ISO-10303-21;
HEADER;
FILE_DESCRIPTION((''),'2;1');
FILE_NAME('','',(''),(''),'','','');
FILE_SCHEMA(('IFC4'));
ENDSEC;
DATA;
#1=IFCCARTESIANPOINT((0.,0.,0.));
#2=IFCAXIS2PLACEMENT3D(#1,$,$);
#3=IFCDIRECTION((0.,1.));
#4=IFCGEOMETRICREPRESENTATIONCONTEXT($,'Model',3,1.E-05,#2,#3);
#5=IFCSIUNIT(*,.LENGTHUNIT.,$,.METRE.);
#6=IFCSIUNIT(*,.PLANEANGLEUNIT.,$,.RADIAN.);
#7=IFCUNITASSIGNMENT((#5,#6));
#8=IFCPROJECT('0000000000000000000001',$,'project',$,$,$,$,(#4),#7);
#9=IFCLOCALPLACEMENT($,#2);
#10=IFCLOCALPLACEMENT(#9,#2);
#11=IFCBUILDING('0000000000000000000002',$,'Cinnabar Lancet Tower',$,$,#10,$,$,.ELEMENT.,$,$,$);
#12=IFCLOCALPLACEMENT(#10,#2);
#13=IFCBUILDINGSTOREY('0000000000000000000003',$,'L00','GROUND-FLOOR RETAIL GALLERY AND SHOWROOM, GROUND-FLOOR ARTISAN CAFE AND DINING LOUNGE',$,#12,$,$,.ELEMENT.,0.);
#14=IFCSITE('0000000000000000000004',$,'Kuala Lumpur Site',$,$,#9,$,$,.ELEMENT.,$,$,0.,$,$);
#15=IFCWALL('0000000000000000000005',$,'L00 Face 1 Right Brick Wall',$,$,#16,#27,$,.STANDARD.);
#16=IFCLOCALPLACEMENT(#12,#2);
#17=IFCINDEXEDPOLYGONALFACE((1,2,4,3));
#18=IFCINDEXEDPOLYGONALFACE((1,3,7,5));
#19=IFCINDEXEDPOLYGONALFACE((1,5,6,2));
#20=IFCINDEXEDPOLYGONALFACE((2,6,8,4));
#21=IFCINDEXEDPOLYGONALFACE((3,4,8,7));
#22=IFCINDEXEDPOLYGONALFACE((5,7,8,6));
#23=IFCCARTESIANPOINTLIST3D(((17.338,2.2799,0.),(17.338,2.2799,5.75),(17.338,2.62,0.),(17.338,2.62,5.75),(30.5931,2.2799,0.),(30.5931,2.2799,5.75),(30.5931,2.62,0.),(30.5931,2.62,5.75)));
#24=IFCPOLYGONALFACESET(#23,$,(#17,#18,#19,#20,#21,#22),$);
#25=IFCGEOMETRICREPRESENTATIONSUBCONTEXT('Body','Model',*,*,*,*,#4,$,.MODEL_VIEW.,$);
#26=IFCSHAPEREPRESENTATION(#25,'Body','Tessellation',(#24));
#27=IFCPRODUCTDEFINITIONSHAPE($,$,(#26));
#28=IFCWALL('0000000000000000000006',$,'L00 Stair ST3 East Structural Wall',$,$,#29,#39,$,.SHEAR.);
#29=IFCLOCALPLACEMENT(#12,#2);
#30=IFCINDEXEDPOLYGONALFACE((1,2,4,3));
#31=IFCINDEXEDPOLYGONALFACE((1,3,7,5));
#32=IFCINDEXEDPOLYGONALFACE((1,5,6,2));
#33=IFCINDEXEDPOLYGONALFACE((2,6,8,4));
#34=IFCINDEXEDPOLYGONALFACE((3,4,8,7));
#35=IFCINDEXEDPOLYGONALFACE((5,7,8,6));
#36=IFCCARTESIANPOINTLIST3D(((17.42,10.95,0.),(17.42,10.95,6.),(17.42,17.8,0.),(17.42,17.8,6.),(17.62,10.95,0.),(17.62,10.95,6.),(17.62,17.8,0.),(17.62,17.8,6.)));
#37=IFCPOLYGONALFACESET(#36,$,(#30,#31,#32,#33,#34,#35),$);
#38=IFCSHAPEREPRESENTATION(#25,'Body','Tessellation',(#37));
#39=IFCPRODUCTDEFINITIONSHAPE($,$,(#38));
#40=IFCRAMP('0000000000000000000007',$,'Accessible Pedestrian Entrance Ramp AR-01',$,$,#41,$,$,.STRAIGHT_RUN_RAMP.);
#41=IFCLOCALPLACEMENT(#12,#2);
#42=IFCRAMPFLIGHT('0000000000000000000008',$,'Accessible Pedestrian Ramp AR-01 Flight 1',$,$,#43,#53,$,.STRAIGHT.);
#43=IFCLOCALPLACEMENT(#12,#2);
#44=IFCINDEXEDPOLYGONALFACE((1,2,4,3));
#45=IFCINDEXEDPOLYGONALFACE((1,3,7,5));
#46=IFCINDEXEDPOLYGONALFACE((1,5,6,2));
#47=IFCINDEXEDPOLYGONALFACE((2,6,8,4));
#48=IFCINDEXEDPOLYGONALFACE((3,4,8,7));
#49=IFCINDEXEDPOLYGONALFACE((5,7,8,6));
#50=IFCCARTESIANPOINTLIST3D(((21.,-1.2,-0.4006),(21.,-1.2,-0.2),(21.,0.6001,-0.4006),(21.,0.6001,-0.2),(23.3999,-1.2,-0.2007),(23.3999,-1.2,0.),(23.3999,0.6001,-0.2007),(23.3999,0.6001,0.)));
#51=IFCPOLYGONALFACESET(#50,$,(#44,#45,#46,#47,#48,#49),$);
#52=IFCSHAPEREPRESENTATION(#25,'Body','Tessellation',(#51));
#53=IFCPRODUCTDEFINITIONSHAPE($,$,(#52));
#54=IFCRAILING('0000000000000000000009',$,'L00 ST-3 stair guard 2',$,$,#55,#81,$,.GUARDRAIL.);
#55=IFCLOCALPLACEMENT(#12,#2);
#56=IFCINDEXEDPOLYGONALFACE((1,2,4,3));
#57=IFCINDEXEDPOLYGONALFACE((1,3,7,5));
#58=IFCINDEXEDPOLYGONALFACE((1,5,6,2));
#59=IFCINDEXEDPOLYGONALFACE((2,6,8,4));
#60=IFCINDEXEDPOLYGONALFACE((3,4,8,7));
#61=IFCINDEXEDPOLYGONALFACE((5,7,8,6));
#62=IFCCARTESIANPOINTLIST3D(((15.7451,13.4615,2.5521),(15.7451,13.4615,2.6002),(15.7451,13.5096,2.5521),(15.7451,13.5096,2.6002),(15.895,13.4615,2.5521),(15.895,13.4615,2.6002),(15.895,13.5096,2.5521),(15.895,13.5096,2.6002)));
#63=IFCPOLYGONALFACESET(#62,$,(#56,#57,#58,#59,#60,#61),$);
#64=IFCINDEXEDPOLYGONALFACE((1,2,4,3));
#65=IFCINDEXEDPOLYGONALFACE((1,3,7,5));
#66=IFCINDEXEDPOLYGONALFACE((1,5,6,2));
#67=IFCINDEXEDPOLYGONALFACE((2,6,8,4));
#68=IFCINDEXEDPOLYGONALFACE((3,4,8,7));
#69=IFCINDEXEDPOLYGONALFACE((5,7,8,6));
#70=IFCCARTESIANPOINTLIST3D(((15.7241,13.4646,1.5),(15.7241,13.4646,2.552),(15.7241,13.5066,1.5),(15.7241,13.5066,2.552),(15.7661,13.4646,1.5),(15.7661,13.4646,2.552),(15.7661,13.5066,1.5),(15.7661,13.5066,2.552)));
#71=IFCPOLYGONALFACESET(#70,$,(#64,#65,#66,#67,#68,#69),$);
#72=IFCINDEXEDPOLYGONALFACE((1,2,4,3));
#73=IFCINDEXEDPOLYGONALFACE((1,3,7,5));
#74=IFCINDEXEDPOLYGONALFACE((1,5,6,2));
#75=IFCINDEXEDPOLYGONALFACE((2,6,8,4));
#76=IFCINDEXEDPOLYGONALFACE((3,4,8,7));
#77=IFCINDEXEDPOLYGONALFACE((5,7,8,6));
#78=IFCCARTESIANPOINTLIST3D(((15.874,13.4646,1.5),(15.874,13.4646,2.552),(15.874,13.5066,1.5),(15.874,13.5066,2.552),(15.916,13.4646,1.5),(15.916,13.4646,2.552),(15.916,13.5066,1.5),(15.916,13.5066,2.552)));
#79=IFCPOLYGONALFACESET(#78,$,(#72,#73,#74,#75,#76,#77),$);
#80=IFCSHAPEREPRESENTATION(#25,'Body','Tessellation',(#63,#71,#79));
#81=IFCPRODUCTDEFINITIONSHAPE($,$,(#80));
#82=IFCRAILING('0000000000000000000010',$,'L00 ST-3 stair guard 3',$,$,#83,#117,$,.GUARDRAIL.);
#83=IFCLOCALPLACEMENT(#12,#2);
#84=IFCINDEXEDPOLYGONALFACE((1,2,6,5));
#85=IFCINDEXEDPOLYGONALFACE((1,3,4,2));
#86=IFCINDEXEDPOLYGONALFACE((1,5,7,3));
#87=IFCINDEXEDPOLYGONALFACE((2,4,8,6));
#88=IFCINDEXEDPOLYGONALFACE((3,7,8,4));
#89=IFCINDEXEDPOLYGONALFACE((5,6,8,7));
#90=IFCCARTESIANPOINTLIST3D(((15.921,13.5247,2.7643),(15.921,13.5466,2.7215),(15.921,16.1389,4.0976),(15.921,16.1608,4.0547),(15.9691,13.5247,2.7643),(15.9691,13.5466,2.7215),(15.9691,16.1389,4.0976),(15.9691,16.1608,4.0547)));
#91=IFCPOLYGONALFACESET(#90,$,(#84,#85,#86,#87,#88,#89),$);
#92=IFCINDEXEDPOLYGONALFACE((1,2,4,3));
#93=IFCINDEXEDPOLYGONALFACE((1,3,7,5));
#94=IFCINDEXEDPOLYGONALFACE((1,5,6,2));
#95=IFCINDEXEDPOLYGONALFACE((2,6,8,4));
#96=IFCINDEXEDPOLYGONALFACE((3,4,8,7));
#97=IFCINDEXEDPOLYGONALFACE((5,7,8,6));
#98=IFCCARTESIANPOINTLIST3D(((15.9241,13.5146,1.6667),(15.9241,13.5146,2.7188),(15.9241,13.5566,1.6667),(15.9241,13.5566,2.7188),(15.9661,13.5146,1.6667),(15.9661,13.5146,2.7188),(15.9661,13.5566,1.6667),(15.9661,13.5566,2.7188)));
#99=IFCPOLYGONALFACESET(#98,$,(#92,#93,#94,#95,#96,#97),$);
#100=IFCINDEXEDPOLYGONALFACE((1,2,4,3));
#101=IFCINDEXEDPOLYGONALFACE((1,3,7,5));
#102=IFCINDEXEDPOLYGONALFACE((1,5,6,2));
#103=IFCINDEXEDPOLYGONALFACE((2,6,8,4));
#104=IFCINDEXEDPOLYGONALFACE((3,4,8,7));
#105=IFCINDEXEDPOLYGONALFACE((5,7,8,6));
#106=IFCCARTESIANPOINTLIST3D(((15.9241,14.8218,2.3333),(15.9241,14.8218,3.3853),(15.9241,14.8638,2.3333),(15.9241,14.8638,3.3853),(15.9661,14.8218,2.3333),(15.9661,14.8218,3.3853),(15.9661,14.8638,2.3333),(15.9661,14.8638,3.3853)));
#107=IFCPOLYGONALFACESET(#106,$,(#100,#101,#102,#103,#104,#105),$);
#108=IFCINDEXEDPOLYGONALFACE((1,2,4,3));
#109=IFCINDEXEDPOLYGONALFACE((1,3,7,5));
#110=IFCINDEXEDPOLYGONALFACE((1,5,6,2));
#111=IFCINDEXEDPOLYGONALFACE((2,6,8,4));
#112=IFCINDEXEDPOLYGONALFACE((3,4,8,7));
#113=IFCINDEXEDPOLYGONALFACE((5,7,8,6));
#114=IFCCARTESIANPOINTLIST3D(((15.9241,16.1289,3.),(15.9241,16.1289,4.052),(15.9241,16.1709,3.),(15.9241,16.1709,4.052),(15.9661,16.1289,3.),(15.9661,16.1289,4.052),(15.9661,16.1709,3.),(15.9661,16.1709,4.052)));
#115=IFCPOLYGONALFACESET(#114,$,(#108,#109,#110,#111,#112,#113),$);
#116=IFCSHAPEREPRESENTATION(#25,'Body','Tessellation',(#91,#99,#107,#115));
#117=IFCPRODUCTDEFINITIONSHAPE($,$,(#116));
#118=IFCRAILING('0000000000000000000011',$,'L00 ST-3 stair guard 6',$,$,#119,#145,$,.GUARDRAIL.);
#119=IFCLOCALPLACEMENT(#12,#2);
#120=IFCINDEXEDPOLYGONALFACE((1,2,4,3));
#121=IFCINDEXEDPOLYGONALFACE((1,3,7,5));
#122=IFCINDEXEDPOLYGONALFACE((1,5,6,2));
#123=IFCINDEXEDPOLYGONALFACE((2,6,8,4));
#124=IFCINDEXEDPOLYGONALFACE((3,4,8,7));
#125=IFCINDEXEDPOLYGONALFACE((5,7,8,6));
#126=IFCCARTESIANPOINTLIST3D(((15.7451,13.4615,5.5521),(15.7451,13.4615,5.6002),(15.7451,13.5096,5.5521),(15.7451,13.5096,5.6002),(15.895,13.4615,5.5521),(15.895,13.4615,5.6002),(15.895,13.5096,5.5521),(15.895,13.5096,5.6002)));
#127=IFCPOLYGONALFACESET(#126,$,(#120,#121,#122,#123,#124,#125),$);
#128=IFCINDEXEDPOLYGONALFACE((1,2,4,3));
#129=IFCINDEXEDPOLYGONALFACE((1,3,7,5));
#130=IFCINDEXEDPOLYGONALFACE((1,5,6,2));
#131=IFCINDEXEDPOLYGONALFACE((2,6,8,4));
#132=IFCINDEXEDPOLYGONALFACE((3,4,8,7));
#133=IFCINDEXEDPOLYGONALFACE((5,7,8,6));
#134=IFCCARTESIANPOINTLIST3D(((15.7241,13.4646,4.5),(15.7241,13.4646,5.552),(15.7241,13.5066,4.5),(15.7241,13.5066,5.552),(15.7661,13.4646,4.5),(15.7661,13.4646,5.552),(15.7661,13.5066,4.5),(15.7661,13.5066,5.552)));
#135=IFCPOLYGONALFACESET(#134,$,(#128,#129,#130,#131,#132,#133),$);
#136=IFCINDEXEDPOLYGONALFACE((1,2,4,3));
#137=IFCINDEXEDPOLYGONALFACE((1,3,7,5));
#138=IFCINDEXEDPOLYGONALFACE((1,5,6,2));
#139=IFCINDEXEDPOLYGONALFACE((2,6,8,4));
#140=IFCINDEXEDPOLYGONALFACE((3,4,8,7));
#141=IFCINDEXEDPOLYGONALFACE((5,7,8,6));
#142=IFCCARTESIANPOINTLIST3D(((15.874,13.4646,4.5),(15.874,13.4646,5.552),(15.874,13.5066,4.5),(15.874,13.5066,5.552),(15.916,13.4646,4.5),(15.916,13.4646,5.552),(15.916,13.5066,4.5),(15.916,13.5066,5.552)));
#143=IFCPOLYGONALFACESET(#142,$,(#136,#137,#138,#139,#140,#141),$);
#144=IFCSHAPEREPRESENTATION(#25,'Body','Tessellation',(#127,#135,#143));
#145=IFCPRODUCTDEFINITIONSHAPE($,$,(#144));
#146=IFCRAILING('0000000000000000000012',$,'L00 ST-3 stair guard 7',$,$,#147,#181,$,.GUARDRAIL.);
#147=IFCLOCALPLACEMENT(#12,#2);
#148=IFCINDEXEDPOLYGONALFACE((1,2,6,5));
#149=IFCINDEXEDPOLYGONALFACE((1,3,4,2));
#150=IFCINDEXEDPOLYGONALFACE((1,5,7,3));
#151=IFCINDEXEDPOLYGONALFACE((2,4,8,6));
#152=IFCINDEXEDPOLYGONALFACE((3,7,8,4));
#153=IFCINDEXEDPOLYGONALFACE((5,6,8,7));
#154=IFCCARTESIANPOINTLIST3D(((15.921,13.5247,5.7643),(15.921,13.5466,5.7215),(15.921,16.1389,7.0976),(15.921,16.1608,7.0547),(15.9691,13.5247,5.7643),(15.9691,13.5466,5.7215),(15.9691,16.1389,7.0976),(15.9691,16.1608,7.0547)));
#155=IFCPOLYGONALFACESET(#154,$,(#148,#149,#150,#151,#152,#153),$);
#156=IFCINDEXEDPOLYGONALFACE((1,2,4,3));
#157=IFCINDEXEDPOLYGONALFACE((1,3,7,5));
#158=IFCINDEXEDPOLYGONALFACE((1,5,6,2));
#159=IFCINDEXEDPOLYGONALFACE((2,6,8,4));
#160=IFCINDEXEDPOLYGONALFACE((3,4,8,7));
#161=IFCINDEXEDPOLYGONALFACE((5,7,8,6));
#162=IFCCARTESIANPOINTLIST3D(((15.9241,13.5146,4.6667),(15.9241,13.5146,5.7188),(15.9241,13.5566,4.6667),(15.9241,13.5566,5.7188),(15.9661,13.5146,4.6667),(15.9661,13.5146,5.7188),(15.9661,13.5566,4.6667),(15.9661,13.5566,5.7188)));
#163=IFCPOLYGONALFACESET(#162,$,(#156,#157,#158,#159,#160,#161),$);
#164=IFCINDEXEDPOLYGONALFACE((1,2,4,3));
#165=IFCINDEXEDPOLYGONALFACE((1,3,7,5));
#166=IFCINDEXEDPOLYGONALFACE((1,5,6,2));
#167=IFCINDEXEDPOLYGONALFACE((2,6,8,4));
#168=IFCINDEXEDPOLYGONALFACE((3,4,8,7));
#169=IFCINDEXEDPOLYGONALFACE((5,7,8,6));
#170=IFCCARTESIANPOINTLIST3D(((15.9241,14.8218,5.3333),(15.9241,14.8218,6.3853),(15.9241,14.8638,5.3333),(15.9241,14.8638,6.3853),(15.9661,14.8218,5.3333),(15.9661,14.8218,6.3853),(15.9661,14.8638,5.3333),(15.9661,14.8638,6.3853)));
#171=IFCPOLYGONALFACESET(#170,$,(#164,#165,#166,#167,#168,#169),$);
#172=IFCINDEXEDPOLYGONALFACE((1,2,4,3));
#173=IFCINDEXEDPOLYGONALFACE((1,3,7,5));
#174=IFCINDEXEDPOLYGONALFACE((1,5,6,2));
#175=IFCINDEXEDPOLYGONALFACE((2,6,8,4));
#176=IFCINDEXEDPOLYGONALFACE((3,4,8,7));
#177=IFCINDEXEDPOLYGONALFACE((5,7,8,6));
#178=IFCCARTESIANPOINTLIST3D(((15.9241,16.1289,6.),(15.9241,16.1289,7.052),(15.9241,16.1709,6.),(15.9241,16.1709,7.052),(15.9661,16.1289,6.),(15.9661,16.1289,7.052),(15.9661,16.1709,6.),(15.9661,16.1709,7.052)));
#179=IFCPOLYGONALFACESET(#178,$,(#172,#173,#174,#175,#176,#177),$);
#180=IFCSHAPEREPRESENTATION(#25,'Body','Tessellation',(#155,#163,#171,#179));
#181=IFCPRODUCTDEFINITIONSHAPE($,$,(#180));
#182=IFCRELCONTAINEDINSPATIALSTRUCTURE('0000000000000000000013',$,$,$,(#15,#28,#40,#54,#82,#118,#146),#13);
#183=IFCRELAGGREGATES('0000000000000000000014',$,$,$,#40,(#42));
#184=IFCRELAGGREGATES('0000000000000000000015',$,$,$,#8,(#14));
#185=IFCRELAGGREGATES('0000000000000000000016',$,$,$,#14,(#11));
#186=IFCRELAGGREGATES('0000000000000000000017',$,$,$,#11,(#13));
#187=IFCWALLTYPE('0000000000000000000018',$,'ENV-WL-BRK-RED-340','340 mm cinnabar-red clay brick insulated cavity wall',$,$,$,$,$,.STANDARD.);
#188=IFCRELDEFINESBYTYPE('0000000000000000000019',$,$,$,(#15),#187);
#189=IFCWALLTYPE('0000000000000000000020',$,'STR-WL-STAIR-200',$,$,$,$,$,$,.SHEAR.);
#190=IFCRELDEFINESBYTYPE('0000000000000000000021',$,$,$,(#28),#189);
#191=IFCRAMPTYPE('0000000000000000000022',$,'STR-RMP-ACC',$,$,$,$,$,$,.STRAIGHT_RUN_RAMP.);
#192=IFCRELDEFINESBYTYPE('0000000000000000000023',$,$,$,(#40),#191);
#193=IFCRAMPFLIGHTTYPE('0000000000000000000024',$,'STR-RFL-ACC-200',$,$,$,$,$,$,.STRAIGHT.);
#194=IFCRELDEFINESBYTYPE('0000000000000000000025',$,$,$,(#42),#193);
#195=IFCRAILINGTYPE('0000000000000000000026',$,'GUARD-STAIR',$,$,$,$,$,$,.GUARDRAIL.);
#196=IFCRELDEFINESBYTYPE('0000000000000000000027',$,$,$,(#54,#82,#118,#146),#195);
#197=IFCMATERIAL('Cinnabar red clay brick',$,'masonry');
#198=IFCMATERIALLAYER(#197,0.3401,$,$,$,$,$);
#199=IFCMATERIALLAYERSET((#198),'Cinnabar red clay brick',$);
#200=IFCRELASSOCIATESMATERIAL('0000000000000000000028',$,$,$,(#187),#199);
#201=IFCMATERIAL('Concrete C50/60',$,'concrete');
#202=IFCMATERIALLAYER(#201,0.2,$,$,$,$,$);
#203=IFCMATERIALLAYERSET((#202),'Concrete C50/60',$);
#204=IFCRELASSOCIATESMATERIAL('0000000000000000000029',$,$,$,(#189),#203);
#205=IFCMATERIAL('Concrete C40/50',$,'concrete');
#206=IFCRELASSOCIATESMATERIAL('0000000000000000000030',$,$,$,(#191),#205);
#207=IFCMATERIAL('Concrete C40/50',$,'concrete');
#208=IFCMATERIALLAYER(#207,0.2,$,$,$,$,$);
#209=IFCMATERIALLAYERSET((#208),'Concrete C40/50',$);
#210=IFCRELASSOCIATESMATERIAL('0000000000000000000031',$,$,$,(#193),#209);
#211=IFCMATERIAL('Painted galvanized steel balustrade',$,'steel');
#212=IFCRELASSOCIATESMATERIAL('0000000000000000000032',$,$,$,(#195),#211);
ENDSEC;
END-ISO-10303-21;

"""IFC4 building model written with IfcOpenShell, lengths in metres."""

from ifc_helpers import new_model, si_unit, direction, frame, frame_2d, origin, origin_2d, place, context, subcontext, project, spatial, polyline, rectangle, outline, extrude, material, layer, layer_set, type_object, element, aggregate, save


model = new_model("IFC4")

# Units and contexts
model_context = context("Model", 3, precision=1e-05, world=origin(), true_north=direction((0.0, 1.0)))
body_context = subcontext(model_context, "Body", "Model", "MODEL_VIEW")
ifc_project = project(units=[si_unit("LENGTHUNIT", "METRE"), si_unit("PLANEANGLEUNIT", "RADIAN")], contexts=[model_context])

# Site, building, storey
site_placement = place(None, origin())
site = spatial("IfcSite", under=ifc_project, at=site_placement, Name="Kuala Lumpur Site", CompositionType="ELEMENT", RefElevation=0.0)
building_placement = place(site_placement, origin())
building = spatial("IfcBuilding", under=site, at=building_placement, Name="Cinnabar Lancet Tower", CompositionType="ELEMENT")
storey_placement = place(building_placement, origin())
storey = spatial("IfcBuildingStorey", under=building, at=storey_placement, Name="L00", Description="GROUND-FLOOR RETAIL GALLERY AND SHOWROOM, GROUND-FLOOR ARTISAN CAFE AND DINING LOUNGE", CompositionType="ELEMENT", Elevation=0.0)

# Wall
ifc_material_1 = material(Name="Cinnabar red clay brick", Category="masonry")
ifc_layer_1 = layer(ifc_material_1, 0.3401)
ifc_layer_set_1 = layer_set([ifc_layer_1], Name="Cinnabar red clay brick")
wall_type_1 = type_object("IfcWallType", Name="ENV-WL-BRK-RED-340", Description="340 mm cinnabar-red clay brick insulated cavity wall", PredefinedType="STANDARD", material=ifc_layer_set_1)
wall_1_placement = place(storey_placement, frame((30.593, 2.45, 0.0), z_axis=(0.0, 0.0, 1.0), x_axis=(-1.0, 0.0, 0.0)))
element("IfcWall", 1, at=wall_1_placement, inside=storey, type_object=wall_type_1, Name="L00 Face 1 Right Brick Wall", PredefinedType="STANDARD", context=body_context, shape_type="SweptSolid", body=[
    extrude(rectangle(XDim=13.2551, YDim=0.3401, at=frame_2d((6.6274, 0.0))), origin(), (0.0, 0.0, 1.0), 5.75),
])

# Wall
ifc_material_2 = material(Name="Concrete C50/60", Category="concrete")
ifc_layer_2 = layer(ifc_material_2, 0.2)
ifc_layer_set_2 = layer_set([ifc_layer_2], Name="Concrete C50/60")
wall_type_2 = type_object("IfcWallType", Name="STR-WL-STAIR-200", PredefinedType="SHEAR", material=ifc_layer_set_2)
wall_2_placement = place(storey_placement, frame((17.52, 10.95, 0.0), z_axis=(0.0, 0.0, 1.0), x_axis=(0.0, 1.0, 0.0)))
element("IfcWall", 2, at=wall_2_placement, inside=storey, type_object=wall_type_2, Name="L00 Stair ST3 East Structural Wall", PredefinedType="SHEAR", context=body_context, shape_type="SweptSolid", body=[
    extrude(rectangle(XDim=6.8501, YDim=0.2, at=frame_2d((3.425, 0.0))), origin(), (0.0, 0.0, 1.0), 6.0),
])

# Ramp, ramp flight
ifc_material_3 = material(Name="Concrete C40/50", Category="concrete")
ramp_type = type_object("IfcRampType", Name="STR-RMP-ACC", PredefinedType="STRAIGHT_RUN_RAMP", material=ifc_material_3)
ramp_placement = place(storey_placement, origin())
ramp = element("IfcRamp", 3, at=ramp_placement, inside=storey, type_object=ramp_type, Name="Accessible Pedestrian Entrance Ramp AR-01", PredefinedType="STRAIGHT_RUN_RAMP")
ifc_material_4 = material(Name="Concrete C40/50", Category="concrete")
ifc_layer_3 = layer(ifc_material_4, 0.2)
ifc_layer_set_3 = layer_set([ifc_layer_3], Name="Concrete C40/50")
ramp_flight_type = type_object("IfcRampFlightType", Name="STR-RFL-ACC-200", PredefinedType="STRAIGHT", material=ifc_layer_set_3)
ramp_flight_placement = place(storey_placement, frame((21.0, -0.2998, -0.2), z_axis=(0.0, 0.0, 1.0), x_axis=(1.0, 0.0, 0.0)))
ramp_flight = element("IfcRampFlight", 4, at=ramp_flight_placement, type_object=ramp_flight_type, Name="Accessible Pedestrian Ramp AR-01 Flight 1", PredefinedType="STRAIGHT", context=body_context, shape_type="SweptSolid", body=[
    extrude(outline(polyline([(0.0, -0.2007), (0.0, 0.0), (2.3999, 0.2), (2.3999, -0.0007), (0.0, -0.2007)])), frame((0.0, 0.8999, 0.0), z_axis=(0.0, -1.0, 0.0), x_axis=(1.0, 0.0, 0.0)), (0.0, 0.0, 1.0), 1.8),
])
aggregate(ramp, [ramp_flight])

# Railings
ifc_material_5 = material(Name="Painted galvanized steel balustrade", Category="steel")
railing_type_1 = type_object("IfcRailingType", Name="GUARD-STAIR", PredefinedType="GUARDRAIL", material=ifc_material_5)
railing_1_placement = place(storey_placement, frame((15.7451, 13.4856, 1.5)))
element("IfcRailing", 5, at=railing_1_placement, inside=storey, type_object=railing_type_1, Name="L00 ST-3 stair guard 2", PredefinedType="GUARDRAIL", context=body_context, shape_type="SweptSolid", body=[
    extrude(rectangle(XDim=0.0481, YDim=0.0481, at=origin_2d()), frame((0.0, 0.0, 1.0762), z_axis=(1.0, 0.0, 0.0), x_axis=(0.0, 1.0, 0.0)), (0.0, 0.0, 1.0), 0.1499),
    extrude(rectangle(XDim=0.042, YDim=0.042, at=origin_2d()), origin(), (0.0, 0.0, 1.0), 1.052),
    extrude(rectangle(XDim=0.042, YDim=0.042, at=origin_2d()), frame((0.1499, 0.0, 0.0)), (0.0, 0.0, 1.0), 1.052),
])
railing_2_placement = place(storey_placement, frame((15.9451, 13.5356, 1.6667)))
element("IfcRailing", 6, at=railing_2_placement, inside=storey, type_object=railing_type_1, Name="L00 ST-3 stair guard 3", PredefinedType="GUARDRAIL", context=body_context, shape_type="SweptSolid", body=[
    extrude(rectangle(XDim=0.0481, YDim=0.0481, at=origin_2d()), frame((0.0, 0.0, 1.0762), z_axis=(0.0, 0.890838, 0.454321), x_axis=(-1.0, 0.0, 0.0)), (0.0, 0.0, 1.0), 2.9346),
    extrude(rectangle(XDim=0.042, YDim=0.042, at=origin_2d()), origin(), (0.0, 0.0, 1.0), 1.052),
    extrude(rectangle(XDim=0.042, YDim=0.042, at=origin_2d()), frame((0.0, 1.3071, 0.6665)), (0.0, 0.0, 1.0), 1.052),
    extrude(rectangle(XDim=0.042, YDim=0.042, at=origin_2d()), frame((0.0, 2.6143, 1.3333)), (0.0, 0.0, 1.0), 1.052),
])
railing_3_placement = place(storey_placement, frame((15.7451, 13.4856, 4.5)))
element("IfcRailing", 7, at=railing_3_placement, inside=storey, type_object=railing_type_1, Name="L00 ST-3 stair guard 6", PredefinedType="GUARDRAIL", context=body_context, shape_type="SweptSolid", body=[
    extrude(rectangle(XDim=0.0481, YDim=0.0481, at=origin_2d()), frame((0.0, 0.0, 1.0762), z_axis=(1.0, 0.0, 0.0), x_axis=(0.0, 1.0, 0.0)), (0.0, 0.0, 1.0), 0.1499),
    extrude(rectangle(XDim=0.042, YDim=0.042, at=origin_2d()), origin(), (0.0, 0.0, 1.0), 1.052),
    extrude(rectangle(XDim=0.042, YDim=0.042, at=origin_2d()), frame((0.1499, 0.0, 0.0)), (0.0, 0.0, 1.0), 1.052),
])
railing_4_placement = place(storey_placement, frame((15.9451, 13.5356, 4.6667)))
element("IfcRailing", 8, at=railing_4_placement, inside=storey, type_object=railing_type_1, Name="L00 ST-3 stair guard 7", PredefinedType="GUARDRAIL", context=body_context, shape_type="SweptSolid", body=[
    extrude(rectangle(XDim=0.0481, YDim=0.0481, at=origin_2d()), frame((0.0, 0.0, 1.0762), z_axis=(0.0, 0.890838, 0.454321), x_axis=(-1.0, 0.0, 0.0)), (0.0, 0.0, 1.0), 2.9346),
    extrude(rectangle(XDim=0.042, YDim=0.042, at=origin_2d()), origin(), (0.0, 0.0, 1.0), 1.052),
    extrude(rectangle(XDim=0.042, YDim=0.042, at=origin_2d()), frame((0.0, 1.3071, 0.6665)), (0.0, 0.0, 1.0), 1.052),
    extrude(rectangle(XDim=0.042, YDim=0.042, at=origin_2d()), frame((0.0, 2.6143, 1.3333)), (0.0, 0.0, 1.0), 1.052),
])

save(model, "model.ifc")
